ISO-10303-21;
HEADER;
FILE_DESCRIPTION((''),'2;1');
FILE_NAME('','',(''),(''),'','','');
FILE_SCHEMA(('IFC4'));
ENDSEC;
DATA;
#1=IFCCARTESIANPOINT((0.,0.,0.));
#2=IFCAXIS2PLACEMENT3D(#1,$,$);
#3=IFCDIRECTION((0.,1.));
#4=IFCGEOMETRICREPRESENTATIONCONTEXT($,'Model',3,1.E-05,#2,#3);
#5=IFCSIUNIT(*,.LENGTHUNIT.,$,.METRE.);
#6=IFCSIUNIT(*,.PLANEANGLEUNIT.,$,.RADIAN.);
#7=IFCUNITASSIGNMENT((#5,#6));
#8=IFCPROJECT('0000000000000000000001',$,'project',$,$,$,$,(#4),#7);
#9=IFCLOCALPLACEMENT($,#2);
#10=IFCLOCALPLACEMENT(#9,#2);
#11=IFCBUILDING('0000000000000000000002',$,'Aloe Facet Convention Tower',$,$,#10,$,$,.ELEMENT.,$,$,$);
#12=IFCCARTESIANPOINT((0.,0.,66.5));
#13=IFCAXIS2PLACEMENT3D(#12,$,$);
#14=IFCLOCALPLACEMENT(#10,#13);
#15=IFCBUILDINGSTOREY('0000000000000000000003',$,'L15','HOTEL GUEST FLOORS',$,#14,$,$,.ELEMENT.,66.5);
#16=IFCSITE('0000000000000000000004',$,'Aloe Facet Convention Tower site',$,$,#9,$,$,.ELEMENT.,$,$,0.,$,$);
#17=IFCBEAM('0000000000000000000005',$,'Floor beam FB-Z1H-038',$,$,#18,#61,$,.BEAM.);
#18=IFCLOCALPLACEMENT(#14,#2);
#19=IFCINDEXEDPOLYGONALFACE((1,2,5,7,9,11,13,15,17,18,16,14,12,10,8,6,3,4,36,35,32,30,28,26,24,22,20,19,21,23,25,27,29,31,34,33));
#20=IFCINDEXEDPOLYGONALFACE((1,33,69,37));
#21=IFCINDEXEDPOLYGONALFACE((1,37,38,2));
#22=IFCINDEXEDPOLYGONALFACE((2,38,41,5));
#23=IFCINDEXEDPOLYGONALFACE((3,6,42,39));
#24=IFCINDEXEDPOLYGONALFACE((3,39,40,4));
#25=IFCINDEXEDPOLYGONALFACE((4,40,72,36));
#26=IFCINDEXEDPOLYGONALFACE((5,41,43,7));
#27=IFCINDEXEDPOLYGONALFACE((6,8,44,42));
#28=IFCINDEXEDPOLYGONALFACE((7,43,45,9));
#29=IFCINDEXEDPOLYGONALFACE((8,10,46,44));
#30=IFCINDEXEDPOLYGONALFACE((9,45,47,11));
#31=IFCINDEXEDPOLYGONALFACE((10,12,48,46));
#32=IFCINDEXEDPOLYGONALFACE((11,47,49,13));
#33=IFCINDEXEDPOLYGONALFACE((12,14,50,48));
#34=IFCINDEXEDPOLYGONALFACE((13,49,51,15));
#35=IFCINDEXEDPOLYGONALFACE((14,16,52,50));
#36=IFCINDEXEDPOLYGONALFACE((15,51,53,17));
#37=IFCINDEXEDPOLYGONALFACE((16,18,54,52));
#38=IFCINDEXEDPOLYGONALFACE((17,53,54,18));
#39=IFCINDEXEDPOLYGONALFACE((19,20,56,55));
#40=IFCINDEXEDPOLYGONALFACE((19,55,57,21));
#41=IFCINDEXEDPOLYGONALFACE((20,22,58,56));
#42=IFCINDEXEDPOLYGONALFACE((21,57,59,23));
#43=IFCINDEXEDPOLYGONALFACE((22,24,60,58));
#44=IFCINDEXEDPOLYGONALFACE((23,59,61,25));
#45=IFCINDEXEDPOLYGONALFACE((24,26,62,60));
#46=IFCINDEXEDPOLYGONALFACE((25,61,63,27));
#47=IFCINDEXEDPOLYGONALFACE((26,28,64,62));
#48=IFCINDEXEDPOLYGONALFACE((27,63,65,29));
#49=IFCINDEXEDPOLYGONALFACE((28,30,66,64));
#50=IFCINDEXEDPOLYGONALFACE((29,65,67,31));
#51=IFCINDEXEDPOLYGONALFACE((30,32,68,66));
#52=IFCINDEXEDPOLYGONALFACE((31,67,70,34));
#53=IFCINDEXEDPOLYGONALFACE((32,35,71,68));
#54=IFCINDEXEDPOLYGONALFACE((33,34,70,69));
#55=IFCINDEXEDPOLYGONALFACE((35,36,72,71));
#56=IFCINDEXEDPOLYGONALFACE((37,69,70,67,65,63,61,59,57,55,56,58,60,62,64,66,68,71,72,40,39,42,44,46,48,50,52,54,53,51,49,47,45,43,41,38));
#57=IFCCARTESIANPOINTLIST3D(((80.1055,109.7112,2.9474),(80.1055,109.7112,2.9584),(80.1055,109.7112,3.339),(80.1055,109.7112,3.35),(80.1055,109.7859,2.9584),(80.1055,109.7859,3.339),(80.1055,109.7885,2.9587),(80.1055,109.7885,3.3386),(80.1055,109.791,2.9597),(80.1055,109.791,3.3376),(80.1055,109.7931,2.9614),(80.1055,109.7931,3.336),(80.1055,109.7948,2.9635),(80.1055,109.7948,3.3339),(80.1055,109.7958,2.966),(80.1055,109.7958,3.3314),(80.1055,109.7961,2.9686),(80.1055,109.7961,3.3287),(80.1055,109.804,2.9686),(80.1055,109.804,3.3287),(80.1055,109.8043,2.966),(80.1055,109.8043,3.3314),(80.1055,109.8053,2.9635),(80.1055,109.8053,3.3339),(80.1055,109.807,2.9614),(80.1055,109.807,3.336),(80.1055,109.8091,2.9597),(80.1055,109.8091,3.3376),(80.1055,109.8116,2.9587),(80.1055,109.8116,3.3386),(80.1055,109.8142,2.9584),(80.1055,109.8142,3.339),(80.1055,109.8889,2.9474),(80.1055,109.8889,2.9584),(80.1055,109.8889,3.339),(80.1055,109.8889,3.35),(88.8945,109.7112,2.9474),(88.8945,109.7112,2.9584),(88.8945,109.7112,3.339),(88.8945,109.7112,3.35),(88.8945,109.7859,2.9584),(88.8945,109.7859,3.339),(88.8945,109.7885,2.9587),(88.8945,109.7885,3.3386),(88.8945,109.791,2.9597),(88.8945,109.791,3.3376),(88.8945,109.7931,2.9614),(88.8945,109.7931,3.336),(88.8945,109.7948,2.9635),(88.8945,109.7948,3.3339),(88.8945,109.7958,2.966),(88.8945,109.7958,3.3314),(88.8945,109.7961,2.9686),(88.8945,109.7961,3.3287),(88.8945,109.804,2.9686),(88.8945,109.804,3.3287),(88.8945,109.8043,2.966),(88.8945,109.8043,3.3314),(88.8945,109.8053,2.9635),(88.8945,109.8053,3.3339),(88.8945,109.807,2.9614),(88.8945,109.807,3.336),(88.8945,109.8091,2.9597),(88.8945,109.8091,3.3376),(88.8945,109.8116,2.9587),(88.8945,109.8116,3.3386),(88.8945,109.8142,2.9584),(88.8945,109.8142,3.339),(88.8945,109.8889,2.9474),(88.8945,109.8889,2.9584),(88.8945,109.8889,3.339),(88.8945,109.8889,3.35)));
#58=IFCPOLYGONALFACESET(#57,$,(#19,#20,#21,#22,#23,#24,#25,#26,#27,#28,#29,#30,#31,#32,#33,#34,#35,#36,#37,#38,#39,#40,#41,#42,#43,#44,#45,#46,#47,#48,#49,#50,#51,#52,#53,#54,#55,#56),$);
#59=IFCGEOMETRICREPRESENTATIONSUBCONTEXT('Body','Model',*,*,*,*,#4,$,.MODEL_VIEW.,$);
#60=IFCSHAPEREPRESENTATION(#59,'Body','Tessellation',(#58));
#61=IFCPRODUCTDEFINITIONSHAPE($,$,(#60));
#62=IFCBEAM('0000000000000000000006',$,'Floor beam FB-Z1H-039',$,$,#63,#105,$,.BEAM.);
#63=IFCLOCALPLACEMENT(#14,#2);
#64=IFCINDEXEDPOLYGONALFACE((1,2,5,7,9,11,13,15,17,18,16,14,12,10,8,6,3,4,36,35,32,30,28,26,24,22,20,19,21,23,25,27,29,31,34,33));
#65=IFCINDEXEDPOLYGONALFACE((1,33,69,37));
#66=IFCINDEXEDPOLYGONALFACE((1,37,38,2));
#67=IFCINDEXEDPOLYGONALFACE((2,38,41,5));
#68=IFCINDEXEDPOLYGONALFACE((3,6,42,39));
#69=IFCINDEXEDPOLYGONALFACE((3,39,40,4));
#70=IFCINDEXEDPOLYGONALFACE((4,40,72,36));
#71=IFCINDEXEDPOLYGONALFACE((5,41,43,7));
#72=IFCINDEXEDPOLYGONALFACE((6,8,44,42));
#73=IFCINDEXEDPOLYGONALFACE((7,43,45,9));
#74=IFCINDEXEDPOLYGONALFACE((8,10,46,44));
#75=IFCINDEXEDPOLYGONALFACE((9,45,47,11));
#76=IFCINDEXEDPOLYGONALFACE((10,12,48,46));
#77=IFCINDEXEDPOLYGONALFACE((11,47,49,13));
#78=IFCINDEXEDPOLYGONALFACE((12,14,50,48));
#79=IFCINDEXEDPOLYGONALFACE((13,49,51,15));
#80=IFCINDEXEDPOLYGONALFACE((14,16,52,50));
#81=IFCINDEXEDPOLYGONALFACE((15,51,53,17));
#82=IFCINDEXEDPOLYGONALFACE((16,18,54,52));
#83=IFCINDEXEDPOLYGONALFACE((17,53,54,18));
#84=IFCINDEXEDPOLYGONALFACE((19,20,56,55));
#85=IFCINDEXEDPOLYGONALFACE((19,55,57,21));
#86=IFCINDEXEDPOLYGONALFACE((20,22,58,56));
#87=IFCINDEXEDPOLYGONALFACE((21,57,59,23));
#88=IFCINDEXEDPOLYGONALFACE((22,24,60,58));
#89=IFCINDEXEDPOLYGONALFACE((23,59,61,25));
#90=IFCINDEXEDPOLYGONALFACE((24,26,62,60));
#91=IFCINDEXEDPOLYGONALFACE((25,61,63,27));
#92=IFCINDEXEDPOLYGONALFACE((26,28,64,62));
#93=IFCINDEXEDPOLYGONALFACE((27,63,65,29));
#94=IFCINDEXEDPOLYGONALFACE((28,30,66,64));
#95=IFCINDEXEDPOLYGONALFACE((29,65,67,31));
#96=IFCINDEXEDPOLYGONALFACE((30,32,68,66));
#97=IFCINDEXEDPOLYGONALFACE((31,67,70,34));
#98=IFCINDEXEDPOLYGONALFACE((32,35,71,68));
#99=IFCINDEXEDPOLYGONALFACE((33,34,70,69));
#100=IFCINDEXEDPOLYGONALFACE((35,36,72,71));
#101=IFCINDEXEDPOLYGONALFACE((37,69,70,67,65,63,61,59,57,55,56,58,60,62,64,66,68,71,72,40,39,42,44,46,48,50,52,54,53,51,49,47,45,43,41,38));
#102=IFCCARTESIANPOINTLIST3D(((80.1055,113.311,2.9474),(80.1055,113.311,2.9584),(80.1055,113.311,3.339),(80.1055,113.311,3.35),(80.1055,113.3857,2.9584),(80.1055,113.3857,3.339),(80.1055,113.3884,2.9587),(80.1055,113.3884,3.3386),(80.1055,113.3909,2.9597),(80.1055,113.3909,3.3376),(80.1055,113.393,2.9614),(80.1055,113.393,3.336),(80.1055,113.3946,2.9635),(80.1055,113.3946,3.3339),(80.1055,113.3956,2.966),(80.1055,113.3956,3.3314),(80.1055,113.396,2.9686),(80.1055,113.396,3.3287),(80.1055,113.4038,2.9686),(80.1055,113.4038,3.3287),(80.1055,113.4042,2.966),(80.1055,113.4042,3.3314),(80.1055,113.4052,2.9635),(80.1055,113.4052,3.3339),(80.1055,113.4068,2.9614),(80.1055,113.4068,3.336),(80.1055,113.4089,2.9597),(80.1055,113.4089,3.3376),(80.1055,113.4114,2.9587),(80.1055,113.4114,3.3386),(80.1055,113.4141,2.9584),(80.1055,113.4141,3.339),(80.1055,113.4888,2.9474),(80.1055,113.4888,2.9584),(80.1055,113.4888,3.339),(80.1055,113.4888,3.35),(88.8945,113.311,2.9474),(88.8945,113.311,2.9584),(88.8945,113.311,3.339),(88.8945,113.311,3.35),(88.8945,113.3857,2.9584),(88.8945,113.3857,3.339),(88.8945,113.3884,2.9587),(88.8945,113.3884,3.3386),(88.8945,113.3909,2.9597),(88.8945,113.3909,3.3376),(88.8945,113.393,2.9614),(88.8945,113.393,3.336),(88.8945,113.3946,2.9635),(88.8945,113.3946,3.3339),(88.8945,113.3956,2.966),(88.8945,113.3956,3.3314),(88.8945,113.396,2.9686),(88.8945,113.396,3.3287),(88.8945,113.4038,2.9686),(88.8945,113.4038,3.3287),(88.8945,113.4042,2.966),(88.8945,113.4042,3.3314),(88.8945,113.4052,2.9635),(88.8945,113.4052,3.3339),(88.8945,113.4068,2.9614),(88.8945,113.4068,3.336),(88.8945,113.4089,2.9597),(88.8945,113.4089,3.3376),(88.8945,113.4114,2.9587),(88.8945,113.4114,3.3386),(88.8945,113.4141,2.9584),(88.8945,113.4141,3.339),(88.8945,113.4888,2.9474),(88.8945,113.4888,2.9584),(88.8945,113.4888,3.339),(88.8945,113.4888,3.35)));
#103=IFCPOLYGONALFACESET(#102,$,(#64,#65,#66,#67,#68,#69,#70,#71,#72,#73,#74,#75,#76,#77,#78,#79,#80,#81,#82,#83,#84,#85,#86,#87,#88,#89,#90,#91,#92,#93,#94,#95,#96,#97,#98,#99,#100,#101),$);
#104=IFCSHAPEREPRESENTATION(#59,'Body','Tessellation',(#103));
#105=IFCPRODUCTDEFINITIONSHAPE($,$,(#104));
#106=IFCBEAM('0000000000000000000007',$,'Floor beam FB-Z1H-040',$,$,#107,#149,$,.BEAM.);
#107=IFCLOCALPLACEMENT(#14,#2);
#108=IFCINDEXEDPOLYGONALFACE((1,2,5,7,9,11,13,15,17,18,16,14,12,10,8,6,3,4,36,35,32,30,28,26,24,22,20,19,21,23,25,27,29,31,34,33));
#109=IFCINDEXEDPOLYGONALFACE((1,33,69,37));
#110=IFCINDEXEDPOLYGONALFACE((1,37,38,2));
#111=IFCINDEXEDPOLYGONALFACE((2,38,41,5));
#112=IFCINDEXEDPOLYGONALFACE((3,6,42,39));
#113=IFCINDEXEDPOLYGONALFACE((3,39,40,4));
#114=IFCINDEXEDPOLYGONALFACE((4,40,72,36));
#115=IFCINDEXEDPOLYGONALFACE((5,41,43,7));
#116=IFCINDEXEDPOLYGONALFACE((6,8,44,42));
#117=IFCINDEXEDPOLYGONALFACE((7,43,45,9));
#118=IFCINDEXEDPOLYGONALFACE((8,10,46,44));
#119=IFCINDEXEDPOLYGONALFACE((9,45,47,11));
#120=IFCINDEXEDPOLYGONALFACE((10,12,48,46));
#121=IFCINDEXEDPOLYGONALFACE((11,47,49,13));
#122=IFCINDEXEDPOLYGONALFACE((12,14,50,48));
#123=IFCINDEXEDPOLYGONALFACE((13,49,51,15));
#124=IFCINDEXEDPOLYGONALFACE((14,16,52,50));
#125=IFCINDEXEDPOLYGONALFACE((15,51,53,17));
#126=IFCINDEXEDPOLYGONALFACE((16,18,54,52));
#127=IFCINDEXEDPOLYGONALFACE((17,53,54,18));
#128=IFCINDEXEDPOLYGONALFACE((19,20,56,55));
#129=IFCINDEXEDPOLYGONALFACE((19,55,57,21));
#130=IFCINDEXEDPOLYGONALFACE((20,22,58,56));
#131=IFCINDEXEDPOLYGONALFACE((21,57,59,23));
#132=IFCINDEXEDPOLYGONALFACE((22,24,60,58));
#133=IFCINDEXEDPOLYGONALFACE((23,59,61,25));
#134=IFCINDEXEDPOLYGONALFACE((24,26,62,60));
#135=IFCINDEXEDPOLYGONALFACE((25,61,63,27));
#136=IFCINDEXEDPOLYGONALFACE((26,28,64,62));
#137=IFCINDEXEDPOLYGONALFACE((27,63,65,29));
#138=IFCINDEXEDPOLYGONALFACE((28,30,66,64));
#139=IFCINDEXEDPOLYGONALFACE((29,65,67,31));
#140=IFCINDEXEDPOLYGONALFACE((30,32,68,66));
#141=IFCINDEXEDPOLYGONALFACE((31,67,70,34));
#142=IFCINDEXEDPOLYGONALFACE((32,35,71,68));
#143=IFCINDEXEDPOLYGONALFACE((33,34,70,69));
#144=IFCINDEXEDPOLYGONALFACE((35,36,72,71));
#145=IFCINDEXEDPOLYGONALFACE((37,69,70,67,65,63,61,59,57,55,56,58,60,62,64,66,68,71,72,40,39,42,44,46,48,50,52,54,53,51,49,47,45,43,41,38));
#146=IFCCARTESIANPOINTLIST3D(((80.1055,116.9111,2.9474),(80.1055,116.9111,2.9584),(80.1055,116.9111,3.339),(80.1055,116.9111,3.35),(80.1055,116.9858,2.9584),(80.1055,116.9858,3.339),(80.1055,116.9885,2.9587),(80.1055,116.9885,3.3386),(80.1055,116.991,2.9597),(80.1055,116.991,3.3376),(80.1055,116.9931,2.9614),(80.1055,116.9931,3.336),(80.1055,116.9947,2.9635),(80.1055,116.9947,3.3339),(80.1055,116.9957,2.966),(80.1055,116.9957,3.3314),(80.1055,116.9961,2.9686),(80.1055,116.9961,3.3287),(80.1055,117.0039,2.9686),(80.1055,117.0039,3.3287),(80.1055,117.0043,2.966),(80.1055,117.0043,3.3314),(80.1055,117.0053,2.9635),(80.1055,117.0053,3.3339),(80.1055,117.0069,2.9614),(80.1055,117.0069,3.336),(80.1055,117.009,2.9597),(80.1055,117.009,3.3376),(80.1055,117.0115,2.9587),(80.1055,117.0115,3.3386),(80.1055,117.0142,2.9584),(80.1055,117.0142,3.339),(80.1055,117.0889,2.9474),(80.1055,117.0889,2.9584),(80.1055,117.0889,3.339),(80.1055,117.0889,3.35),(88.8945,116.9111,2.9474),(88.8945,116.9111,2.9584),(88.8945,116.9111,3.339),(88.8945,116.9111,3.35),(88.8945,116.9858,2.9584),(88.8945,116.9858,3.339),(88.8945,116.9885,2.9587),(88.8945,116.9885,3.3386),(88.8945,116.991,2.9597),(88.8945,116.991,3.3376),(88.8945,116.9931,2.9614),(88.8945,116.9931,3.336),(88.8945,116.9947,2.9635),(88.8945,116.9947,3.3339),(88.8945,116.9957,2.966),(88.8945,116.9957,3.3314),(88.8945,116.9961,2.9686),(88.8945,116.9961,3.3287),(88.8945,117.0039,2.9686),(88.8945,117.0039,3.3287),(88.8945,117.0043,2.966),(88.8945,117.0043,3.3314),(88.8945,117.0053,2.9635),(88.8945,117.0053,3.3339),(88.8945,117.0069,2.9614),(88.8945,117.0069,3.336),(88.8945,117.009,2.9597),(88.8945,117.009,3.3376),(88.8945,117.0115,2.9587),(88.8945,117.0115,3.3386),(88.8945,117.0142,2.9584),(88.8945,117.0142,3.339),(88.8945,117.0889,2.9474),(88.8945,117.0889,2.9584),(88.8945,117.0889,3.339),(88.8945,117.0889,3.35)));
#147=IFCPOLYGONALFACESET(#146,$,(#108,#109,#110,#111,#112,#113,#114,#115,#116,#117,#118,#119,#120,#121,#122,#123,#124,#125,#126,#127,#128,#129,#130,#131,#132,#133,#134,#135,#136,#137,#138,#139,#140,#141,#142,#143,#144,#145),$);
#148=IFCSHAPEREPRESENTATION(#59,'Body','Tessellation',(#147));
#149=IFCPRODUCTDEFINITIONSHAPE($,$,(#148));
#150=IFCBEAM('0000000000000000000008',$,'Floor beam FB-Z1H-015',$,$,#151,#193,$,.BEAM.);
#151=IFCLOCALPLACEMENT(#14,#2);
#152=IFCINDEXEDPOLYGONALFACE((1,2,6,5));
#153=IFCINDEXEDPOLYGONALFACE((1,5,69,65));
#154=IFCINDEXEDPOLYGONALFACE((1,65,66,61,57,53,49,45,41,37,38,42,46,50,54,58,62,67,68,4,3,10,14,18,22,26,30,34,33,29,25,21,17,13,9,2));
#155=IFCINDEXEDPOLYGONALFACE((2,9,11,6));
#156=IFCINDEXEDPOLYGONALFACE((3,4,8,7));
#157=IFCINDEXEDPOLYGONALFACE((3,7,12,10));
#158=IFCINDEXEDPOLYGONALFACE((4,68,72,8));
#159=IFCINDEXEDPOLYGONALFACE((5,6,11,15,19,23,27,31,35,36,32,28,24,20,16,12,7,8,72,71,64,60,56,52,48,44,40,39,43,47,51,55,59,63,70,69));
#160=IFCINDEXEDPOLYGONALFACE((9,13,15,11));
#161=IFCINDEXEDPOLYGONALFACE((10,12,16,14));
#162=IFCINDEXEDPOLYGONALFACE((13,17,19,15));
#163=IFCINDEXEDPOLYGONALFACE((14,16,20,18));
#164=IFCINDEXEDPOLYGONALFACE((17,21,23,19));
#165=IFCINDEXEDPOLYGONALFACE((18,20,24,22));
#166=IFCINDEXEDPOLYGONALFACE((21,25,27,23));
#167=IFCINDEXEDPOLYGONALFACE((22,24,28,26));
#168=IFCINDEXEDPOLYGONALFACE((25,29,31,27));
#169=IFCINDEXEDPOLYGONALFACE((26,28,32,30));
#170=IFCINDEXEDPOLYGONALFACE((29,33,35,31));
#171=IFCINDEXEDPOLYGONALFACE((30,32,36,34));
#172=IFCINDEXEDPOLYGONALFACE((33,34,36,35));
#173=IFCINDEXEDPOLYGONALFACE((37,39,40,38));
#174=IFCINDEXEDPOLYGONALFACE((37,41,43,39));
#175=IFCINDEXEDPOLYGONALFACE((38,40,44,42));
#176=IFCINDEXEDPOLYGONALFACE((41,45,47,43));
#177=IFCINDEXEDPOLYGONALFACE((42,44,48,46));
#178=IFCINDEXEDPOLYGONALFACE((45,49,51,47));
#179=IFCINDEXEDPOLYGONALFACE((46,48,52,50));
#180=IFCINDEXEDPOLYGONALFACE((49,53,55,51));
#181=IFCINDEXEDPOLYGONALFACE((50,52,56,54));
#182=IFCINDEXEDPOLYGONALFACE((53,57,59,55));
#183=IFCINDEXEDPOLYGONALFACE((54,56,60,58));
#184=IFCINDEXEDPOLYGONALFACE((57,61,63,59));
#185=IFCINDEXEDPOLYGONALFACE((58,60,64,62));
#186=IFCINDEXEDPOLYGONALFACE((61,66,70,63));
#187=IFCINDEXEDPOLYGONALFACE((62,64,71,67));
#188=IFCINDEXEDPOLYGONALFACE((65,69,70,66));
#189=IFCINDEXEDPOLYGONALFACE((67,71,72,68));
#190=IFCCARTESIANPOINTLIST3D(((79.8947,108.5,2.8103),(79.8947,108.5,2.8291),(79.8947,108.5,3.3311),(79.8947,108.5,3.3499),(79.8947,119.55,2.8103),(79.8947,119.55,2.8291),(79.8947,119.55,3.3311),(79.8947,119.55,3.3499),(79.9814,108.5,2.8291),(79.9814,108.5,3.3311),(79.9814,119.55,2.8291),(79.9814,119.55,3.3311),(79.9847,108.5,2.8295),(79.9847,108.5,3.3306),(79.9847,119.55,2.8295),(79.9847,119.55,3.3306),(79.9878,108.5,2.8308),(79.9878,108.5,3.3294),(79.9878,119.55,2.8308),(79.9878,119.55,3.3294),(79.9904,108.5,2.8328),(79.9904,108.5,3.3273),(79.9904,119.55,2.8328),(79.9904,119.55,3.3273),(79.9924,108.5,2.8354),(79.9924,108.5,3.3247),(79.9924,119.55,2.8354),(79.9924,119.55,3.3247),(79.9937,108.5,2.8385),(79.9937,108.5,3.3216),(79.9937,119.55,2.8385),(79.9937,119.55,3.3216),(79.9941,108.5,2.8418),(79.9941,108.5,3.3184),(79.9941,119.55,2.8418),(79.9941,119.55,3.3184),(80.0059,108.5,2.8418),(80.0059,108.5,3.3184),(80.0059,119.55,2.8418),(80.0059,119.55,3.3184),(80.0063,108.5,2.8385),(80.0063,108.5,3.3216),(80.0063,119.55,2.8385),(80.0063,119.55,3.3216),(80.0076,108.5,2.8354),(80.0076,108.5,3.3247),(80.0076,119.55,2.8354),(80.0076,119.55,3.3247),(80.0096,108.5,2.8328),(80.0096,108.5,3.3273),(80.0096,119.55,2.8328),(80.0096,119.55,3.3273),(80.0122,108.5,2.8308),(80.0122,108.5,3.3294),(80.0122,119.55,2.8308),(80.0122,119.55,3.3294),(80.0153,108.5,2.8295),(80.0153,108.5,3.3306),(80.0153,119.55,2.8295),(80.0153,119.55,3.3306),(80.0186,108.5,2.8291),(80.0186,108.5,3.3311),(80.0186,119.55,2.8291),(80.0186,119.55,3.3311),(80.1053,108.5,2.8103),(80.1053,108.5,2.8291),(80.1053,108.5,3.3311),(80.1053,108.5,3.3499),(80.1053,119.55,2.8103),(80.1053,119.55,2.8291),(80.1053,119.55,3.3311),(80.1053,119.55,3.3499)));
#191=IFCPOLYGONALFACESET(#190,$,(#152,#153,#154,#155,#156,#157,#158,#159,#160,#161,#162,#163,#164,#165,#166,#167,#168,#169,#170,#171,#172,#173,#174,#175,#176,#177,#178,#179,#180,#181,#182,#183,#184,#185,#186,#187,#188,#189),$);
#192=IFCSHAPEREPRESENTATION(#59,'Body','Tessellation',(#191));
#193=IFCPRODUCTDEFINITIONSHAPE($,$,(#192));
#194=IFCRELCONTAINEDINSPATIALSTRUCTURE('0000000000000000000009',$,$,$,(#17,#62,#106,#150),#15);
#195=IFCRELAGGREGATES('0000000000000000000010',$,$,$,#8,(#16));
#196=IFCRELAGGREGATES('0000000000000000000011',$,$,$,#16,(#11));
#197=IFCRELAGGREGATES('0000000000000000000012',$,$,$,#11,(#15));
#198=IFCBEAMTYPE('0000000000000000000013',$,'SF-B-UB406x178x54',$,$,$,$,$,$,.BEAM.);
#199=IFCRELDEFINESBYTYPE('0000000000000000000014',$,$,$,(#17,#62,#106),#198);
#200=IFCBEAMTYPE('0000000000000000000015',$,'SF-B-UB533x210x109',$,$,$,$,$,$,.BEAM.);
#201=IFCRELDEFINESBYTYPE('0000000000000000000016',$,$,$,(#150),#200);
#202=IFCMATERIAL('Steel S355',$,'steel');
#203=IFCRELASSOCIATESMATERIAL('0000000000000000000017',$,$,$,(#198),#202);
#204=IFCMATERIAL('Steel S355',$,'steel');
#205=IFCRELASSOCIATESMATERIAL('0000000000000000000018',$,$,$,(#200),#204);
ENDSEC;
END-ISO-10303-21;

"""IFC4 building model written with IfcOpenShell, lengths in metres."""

from ifc_helpers import new_model, si_unit, direction, frame, origin, origin_2d, place, context, subcontext, project, spatial, i_section, extrude, material, material_profile, profile_set, type_object, element, save


model = new_model("IFC4")

# Units and contexts
model_context = context("Model", 3, precision=1e-05, world=origin(), true_north=direction((0.0, 1.0)))
body_context = subcontext(model_context, "Body", "Model", "MODEL_VIEW")
ifc_project = project(units=[si_unit("LENGTHUNIT", "METRE"), si_unit("PLANEANGLEUNIT", "RADIAN")], contexts=[model_context])

# Site, building, storey
site_placement = place(None, origin())
site = spatial("IfcSite", under=ifc_project, at=site_placement, Name="Aloe Facet Convention Tower site", CompositionType="ELEMENT", RefElevation=0.0)
building_placement = place(site_placement, origin())
building = spatial("IfcBuilding", under=site, at=building_placement, Name="Aloe Facet Convention Tower", CompositionType="ELEMENT")
storey_placement = place(building_placement, frame((0.0, 0.0, 66.5)))
storey = spatial("IfcBuildingStorey", under=building, at=storey_placement, Name="L15", Description="HOTEL GUEST FLOORS", CompositionType="ELEMENT", Elevation=66.5)

# Beams
ifc_material_1 = material(Name="Steel S355", Category="steel")
ifc_material_profile_1 = material_profile(ifc_material_1, i_section(OverallWidth=0.1777, OverallDepth=0.4026, WebThickness=0.0078, FlangeThickness=0.011, FilletRadius=0.0103, at=origin_2d()), Name="UB 406x178x54")
ifc_profile_set_1 = profile_set([ifc_material_profile_1], Name="Steel S355")
beam_type_1 = type_object("IfcBeamType", Name="SF-B-UB406x178x54", PredefinedType="BEAM", material=ifc_profile_set_1)
for number, where, z_axis, x_axis, name in (
    (1, (80.1055, 109.8, 3.1487), (1.0, 0.0, 0.0), (0.0, 1.0, 0.0), "Floor beam FB-Z1H-038"),
    (2, (80.1055, 113.3999, 3.1487), (1.0, 0.0, 0.0), (0.0, 1.0, 0.0), "Floor beam FB-Z1H-039"),
    (3, (80.1055, 117.0, 3.1487), (1.0, 0.0, 0.0), (0.0, 1.0, 0.0), "Floor beam FB-Z1H-040"),
):
    element("IfcBeam", number, at=place(storey_placement, frame(where, z_axis=z_axis, x_axis=x_axis)), inside=storey, type_object=beam_type_1, Name=name, PredefinedType="BEAM", context=body_context, shape_type="SweptSolid", body=[
        extrude(i_section(OverallWidth=0.1777, OverallDepth=0.4026, WebThickness=0.0078, FlangeThickness=0.011, FilletRadius=0.0103, at=origin_2d()), origin(), (0.0, 0.0, 1.0), 8.7891),
    ])
ifc_material_2 = material(Name="Steel S355", Category="steel")
ifc_material_profile_2 = material_profile(ifc_material_2, i_section(OverallWidth=0.2107, OverallDepth=0.5396, WebThickness=0.0117, FlangeThickness=0.0188, FilletRadius=0.0127, at=origin_2d()), Name="UB 533x210x109")
ifc_profile_set_2 = profile_set([ifc_material_profile_2], Name="Steel S355")
beam_type_2 = type_object("IfcBeamType", Name="SF-B-UB533x210x109", PredefinedType="BEAM", material=ifc_profile_set_2)
beam_placement = place(storey_placement, frame((80.0, 119.55, 3.0801), z_axis=(0.0, -1.0, 0.0), x_axis=(1.0, 0.0, 0.0)))
element("IfcBeam", 4, at=beam_placement, inside=storey, type_object=beam_type_2, Name="Floor beam FB-Z1H-015", PredefinedType="BEAM", context=body_context, shape_type="SweptSolid", body=[
    extrude(i_section(OverallWidth=0.2107, OverallDepth=0.5396, WebThickness=0.0117, FlangeThickness=0.0188, FilletRadius=0.0127, at=origin_2d()), origin(), (0.0, 0.0, 1.0), 11.05),
])

save(model, "model.ifc")
